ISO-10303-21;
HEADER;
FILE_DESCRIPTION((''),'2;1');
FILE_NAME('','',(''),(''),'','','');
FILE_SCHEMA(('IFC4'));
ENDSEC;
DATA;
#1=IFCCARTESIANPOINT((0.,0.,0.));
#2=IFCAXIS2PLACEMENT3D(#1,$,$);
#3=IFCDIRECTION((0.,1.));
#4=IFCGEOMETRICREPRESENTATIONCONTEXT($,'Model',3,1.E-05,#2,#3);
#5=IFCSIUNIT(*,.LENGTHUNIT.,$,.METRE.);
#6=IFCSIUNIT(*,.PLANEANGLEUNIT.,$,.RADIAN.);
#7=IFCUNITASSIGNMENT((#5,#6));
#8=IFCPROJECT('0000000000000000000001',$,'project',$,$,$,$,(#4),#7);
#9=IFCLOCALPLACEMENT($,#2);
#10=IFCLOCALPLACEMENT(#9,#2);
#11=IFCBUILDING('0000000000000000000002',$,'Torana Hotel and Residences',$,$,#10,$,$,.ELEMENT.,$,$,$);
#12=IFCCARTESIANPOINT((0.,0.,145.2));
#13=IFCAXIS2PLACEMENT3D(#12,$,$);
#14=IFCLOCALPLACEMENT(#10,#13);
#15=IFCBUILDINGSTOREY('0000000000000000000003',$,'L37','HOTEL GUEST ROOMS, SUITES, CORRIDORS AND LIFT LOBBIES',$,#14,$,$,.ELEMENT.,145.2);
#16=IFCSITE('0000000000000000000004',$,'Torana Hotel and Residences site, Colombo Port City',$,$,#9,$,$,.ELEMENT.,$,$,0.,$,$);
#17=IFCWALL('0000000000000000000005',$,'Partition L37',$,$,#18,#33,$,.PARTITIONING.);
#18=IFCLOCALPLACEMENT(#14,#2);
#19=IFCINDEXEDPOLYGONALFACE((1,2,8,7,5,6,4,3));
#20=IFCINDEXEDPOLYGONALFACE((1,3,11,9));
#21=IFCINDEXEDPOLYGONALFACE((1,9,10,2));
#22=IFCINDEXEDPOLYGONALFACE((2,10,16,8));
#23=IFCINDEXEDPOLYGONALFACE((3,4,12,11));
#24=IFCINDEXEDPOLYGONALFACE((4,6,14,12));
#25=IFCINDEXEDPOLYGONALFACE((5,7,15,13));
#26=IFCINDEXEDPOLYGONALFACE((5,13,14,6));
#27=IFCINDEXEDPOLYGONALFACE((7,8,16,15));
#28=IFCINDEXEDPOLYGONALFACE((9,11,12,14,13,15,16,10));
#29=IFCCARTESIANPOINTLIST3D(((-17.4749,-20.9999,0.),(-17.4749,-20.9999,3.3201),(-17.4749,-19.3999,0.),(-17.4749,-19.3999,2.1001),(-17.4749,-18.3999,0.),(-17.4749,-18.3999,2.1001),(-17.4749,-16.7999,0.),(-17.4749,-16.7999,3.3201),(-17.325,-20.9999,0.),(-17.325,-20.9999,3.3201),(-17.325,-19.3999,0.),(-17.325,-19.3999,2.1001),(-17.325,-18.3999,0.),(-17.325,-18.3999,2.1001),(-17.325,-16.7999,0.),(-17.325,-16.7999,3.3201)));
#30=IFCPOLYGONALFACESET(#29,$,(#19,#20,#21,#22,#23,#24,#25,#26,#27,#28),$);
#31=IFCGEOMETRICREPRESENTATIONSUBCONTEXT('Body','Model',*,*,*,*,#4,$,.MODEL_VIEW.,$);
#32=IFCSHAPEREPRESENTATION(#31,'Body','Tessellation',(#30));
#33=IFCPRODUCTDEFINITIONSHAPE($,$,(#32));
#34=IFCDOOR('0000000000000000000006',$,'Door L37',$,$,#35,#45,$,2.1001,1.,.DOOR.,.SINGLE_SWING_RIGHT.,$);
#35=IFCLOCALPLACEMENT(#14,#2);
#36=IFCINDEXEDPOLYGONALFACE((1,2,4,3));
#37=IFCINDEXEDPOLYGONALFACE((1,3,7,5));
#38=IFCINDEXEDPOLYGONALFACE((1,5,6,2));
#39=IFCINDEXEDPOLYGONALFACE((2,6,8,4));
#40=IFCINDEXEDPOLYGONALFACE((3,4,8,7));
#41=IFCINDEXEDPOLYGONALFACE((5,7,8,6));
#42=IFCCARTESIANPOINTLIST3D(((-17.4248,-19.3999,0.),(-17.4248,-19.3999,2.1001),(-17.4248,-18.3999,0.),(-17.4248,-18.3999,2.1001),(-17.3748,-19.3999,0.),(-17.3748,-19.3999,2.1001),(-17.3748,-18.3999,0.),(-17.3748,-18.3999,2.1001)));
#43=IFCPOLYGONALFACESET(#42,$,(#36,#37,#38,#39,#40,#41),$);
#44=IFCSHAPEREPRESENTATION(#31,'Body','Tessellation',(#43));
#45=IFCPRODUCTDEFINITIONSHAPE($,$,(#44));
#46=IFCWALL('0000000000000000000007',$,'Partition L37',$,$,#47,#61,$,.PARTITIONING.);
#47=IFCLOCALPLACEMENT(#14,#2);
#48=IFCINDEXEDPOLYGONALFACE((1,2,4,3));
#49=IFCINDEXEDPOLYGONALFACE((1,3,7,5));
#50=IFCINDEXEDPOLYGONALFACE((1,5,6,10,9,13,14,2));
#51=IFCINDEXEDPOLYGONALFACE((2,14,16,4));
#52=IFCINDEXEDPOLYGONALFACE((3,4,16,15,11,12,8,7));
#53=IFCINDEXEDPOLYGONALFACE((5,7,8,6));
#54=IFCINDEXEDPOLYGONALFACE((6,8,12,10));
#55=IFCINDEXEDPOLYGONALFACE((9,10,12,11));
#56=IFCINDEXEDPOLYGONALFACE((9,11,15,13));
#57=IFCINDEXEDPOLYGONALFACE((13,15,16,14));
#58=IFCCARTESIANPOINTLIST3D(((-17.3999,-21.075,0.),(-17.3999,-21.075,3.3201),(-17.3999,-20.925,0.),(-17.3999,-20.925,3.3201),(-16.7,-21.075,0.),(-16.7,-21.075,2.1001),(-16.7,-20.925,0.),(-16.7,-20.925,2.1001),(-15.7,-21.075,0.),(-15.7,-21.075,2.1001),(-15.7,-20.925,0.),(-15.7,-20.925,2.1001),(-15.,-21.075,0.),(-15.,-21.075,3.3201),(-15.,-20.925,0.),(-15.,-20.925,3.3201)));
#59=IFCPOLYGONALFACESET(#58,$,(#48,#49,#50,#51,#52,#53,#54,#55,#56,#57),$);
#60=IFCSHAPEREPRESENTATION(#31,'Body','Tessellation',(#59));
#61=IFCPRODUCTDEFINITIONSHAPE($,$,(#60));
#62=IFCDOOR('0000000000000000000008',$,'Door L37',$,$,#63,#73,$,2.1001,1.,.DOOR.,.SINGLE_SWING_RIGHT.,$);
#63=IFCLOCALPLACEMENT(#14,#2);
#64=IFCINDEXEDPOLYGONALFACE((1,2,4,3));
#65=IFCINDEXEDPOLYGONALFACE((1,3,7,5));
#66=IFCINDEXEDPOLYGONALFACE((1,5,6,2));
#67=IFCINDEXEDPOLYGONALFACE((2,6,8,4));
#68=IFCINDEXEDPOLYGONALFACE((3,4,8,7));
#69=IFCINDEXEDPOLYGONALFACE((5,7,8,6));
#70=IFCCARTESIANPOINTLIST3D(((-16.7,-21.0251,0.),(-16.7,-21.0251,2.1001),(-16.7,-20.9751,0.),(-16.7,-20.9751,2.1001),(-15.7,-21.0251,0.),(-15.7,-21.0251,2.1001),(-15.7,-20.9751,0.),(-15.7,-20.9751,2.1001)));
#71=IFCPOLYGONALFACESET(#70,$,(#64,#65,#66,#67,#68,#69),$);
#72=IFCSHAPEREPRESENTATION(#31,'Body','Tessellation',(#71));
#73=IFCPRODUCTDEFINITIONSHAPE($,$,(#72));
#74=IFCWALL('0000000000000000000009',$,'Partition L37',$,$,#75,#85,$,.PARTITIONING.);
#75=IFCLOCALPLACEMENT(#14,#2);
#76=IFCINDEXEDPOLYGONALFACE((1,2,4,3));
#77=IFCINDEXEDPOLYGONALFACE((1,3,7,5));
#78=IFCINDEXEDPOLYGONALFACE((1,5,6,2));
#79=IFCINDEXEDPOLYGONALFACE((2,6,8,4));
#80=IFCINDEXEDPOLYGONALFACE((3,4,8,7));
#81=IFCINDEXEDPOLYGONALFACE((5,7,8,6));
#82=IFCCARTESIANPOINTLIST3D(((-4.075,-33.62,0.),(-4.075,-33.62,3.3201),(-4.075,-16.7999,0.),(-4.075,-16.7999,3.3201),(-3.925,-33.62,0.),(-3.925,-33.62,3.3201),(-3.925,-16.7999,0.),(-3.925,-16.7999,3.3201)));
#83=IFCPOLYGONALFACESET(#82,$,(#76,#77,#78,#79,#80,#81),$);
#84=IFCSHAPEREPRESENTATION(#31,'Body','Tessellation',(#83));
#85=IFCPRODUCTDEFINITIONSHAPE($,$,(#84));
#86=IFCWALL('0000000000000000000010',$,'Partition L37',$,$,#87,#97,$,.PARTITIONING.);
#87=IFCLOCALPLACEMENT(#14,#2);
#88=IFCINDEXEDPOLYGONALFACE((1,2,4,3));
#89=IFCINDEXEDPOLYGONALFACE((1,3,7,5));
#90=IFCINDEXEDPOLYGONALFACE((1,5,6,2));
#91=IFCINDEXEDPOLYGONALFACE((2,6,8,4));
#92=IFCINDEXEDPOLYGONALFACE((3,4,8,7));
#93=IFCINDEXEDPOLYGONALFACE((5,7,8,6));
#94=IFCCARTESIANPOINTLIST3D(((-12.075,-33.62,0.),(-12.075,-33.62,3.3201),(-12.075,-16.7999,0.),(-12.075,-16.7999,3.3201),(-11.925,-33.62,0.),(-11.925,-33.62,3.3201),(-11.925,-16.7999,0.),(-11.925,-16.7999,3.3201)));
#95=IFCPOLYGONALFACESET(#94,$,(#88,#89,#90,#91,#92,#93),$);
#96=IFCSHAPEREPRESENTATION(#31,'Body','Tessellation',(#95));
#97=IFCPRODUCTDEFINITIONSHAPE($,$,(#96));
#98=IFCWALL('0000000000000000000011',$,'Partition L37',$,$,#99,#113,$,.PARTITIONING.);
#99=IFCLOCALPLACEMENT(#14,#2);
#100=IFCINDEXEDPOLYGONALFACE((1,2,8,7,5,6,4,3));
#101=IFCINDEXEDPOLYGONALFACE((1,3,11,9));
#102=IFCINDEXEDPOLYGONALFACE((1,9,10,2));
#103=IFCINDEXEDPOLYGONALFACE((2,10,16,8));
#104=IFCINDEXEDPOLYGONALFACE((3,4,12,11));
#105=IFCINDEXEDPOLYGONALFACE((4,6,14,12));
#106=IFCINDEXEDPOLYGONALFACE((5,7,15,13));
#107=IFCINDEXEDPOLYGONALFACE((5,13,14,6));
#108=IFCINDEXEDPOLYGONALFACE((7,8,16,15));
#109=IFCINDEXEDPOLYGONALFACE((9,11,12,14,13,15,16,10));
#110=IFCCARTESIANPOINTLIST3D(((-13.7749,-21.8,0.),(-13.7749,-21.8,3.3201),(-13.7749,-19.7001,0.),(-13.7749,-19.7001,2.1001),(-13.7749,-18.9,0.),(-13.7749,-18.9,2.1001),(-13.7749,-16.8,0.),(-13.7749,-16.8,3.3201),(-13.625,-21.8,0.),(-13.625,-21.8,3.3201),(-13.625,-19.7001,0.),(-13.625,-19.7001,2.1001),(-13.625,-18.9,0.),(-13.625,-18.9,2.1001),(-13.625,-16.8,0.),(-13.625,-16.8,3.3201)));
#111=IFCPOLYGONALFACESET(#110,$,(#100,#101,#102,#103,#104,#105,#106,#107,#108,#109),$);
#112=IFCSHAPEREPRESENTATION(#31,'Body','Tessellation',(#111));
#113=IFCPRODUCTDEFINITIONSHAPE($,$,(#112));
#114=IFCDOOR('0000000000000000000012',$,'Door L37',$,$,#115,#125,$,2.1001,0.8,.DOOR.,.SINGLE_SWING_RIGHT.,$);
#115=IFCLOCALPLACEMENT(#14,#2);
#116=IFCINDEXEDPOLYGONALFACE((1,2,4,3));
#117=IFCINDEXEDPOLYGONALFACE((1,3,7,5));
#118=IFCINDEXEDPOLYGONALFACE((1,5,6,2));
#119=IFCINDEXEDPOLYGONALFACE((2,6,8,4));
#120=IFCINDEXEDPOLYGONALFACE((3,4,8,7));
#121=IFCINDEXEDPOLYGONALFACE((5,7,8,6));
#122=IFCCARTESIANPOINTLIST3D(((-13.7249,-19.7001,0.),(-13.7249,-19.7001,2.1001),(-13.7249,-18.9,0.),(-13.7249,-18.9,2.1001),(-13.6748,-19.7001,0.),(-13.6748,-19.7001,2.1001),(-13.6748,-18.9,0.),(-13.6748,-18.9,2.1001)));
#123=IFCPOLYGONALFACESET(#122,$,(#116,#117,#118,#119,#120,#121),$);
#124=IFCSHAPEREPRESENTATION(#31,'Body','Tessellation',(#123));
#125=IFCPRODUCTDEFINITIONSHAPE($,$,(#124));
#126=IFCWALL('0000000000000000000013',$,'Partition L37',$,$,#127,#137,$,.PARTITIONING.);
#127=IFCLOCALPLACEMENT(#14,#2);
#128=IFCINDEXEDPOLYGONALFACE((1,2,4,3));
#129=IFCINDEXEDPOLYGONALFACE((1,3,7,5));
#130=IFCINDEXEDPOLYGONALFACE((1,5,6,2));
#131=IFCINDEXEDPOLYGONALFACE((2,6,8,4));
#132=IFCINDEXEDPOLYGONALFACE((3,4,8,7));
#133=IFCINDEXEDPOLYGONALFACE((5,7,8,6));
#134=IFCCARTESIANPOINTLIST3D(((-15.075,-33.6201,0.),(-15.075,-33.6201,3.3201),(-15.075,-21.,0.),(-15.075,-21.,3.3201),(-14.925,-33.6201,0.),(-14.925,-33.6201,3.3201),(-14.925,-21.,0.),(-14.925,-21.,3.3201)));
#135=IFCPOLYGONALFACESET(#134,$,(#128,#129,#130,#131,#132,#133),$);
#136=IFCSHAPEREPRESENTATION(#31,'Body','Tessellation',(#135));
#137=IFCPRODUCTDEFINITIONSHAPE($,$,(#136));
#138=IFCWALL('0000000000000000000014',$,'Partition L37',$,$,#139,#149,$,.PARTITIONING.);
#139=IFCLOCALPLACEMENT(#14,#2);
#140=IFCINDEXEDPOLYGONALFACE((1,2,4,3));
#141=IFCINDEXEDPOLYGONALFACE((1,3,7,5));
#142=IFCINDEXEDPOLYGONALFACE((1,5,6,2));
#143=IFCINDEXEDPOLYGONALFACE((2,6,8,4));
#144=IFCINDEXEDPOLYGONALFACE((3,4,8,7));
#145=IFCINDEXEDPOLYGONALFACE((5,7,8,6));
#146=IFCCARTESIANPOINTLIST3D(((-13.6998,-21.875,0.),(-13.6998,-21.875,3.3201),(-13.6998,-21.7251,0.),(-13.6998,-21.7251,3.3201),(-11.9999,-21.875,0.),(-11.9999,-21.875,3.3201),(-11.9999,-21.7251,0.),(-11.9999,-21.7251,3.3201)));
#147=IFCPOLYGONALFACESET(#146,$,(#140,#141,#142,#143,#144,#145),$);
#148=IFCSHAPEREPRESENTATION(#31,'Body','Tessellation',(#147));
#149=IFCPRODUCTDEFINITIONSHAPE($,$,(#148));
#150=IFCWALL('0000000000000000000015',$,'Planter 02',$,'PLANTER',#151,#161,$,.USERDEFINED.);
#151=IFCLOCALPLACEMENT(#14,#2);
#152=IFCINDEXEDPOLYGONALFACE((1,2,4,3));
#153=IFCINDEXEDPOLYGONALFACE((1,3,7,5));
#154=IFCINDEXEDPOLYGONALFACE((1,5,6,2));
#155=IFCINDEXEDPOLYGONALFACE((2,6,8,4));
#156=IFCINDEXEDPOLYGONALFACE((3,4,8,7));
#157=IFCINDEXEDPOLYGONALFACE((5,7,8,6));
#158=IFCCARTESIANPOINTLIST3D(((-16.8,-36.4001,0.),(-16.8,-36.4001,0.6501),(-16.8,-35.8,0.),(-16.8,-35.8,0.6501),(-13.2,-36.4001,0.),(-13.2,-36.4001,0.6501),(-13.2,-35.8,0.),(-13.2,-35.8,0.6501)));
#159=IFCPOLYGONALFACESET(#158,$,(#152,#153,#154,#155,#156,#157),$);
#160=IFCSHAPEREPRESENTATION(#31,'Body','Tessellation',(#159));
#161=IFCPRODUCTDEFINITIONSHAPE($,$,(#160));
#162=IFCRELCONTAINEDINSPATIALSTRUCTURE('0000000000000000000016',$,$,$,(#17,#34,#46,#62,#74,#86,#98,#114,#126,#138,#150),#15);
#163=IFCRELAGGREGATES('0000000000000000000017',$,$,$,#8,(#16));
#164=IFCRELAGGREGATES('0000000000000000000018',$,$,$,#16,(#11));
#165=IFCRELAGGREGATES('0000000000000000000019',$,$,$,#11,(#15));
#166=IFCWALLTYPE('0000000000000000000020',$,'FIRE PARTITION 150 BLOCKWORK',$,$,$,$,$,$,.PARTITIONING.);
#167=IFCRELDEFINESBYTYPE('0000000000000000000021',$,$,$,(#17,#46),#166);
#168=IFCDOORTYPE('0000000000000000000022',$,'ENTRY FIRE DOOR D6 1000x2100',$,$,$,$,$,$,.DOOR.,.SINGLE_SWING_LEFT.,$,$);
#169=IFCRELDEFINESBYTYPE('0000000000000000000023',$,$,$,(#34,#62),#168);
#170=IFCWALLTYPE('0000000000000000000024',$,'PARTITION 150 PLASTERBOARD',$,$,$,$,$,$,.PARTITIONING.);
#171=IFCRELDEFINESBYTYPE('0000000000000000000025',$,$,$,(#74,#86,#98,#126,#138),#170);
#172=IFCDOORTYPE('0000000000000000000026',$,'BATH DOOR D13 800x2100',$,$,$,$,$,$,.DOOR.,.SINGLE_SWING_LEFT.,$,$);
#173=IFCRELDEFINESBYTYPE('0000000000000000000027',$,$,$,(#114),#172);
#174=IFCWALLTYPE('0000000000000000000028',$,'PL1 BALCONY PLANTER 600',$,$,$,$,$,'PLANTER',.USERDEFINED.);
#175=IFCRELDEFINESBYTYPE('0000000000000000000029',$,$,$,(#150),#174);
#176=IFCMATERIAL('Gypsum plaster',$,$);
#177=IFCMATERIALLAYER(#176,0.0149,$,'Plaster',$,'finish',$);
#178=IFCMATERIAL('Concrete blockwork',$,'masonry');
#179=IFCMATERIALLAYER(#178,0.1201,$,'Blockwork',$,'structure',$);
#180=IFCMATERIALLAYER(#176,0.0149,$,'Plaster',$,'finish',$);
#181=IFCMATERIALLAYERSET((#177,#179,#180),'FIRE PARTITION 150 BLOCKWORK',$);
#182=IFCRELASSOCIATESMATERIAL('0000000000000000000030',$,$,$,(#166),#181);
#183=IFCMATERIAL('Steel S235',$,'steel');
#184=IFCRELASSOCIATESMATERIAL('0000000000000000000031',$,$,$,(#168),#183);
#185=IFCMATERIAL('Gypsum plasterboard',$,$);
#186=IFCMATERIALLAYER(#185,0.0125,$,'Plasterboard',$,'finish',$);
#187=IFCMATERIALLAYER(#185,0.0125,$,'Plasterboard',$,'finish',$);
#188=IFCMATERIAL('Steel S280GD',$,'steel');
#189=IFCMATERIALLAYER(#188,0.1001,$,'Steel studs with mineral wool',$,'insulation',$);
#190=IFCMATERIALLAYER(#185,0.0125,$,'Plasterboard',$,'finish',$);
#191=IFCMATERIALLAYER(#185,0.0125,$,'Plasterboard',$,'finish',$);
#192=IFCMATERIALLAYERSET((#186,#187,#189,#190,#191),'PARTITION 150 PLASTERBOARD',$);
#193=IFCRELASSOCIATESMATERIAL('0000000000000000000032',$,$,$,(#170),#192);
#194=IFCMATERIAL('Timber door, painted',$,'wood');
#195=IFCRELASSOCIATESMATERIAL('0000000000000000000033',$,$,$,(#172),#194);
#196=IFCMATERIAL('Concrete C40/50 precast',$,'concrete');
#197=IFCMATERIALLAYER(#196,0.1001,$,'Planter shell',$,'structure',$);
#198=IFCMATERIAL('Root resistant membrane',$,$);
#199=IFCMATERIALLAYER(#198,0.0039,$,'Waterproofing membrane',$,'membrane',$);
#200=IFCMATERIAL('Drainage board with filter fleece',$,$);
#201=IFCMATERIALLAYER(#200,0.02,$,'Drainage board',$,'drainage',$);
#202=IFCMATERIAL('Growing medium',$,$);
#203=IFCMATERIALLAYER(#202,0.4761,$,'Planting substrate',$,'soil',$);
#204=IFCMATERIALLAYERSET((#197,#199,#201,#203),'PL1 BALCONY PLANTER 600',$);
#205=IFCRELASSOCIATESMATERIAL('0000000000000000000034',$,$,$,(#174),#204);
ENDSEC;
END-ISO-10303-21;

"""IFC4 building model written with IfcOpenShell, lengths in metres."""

from ifc_helpers import new_model, si_unit, direction, frame, frame_2d, origin, place, context, subcontext, project, spatial, rectangle, extrude, material, layer, layer_set, type_object, element, fill, save


model = new_model("IFC4")

# Units and contexts
model_context = context("Model", 3, precision=1e-05, world=origin(), true_north=direction((0.0, 1.0)))
body_context = subcontext(model_context, "Body", "Model", "MODEL_VIEW")
ifc_project = project(units=[si_unit("LENGTHUNIT", "METRE"), si_unit("PLANEANGLEUNIT", "RADIAN")], contexts=[model_context])

# Site, building, storey
site_placement = place(None, origin())
site = spatial("IfcSite", under=ifc_project, at=site_placement, Name="Torana Hotel and Residences site, Colombo Port City", CompositionType="ELEMENT", RefElevation=0.0)
building_placement = place(site_placement, origin())
building = spatial("IfcBuilding", under=site, at=building_placement, Name="Torana Hotel and Residences", CompositionType="ELEMENT")
storey_placement = place(building_placement, frame((0.0, 0.0, 145.2)))
storey = spatial("IfcBuildingStorey", under=building, at=storey_placement, Name="L37", Description="HOTEL GUEST ROOMS, SUITES, CORRIDORS AND LIFT LOBBIES", CompositionType="ELEMENT", Elevation=145.2)

# Shared definitions
ifc_material_1 = material(Name="Gypsum plaster")
ifc_layer_1 = layer(ifc_material_1, 0.0149, Name="Plaster", Category="finish")
ifc_material_2 = material(Name="Concrete blockwork", Category="masonry")
ifc_layer_2 = layer(ifc_material_2, 0.1201, Name="Blockwork", Category="structure")
ifc_layer_3 = layer(ifc_material_1, 0.0149, Name="Plaster", Category="finish")
ifc_layer_set_1 = layer_set([ifc_layer_1, ifc_layer_2, ifc_layer_3], Name="FIRE PARTITION 150 BLOCKWORK")
wall_type_1 = type_object("IfcWallType", Name="FIRE PARTITION 150 BLOCKWORK", PredefinedType="PARTITIONING", material=ifc_layer_set_1)
ifc_material_3 = material(Name="Steel S235", Category="steel")
door_type_1 = type_object("IfcDoorType", Name="ENTRY FIRE DOOR D6 1000x2100", OperationType="SINGLE_SWING_LEFT", PredefinedType="DOOR", material=ifc_material_3)

# Walls, openings, doors
wall_1_placement = place(storey_placement, frame((-17.3999, -21.0, 0.0), z_axis=(0.0, 0.0, 1.0), x_axis=(0.0, 1.0, 0.0)))
wall_1 = element("IfcWall", 1, at=wall_1_placement, inside=storey, type_object=wall_type_1, Name="Partition L37", PredefinedType="PARTITIONING", context=body_context, shape_type="SweptSolid", body=[
    extrude(rectangle(XDim=4.2, YDim=0.1499, at=frame_2d((2.1001, 0.0))), origin(), (0.0, 0.0, 1.0), 3.3201),
])
opening_1_placement = place(wall_1_placement, frame((1.6001, 0.0, 0.0)))
opening_1 = element("IfcOpeningElement", 2, at=opening_1_placement, cuts=wall_1, PredefinedType="OPENING", context=body_context, shape_type="SweptSolid", body=[
    extrude(rectangle(XDim=1.0, YDim=2.1001, at=frame_2d((0.5, 1.05))), frame((0.0, 0.085, 0.0), z_axis=(0.0, -1.0, 0.0), x_axis=(1.0, 0.0, 0.0)), (0.0, 0.0, 1.0), 0.1699),
])
door_1_placement = place(opening_1_placement, origin())
door_1 = element("IfcDoor", 3, at=door_1_placement, inside=storey, type_object=door_type_1, Name="Door L37", OperationType="SINGLE_SWING_RIGHT", OverallHeight=2.1001, OverallWidth=1.0, PredefinedType="DOOR", context=body_context, shape_type="SweptSolid", body=[
    extrude(rectangle(XDim=1.0, YDim=2.1001, at=frame_2d((0.5, 1.05))), frame((0.0, 0.0249, 0.0), z_axis=(0.0, -1.0, 0.0), x_axis=(1.0, 0.0, 0.0)), (0.0, 0.0, 1.0), 0.05),
])
fill(opening_1, door_1)
wall_2_placement = place(storey_placement, frame((-17.3999, -21.0, 0.0), z_axis=(0.0, 0.0, 1.0), x_axis=(1.0, 0.0, 0.0)))
wall_2 = element("IfcWall", 4, at=wall_2_placement, inside=storey, type_object=wall_type_1, Name="Partition L37", PredefinedType="PARTITIONING", context=body_context, shape_type="SweptSolid", body=[
    extrude(rectangle(XDim=2.3999, YDim=0.1499, at=frame_2d((1.2, 0.0))), origin(), (0.0, 0.0, 1.0), 3.3201),
])
opening_2_placement = place(wall_2_placement, frame((0.7, 0.0, 0.0)))
opening_2 = element("IfcOpeningElement", 5, at=opening_2_placement, cuts=wall_2, PredefinedType="OPENING", context=body_context, shape_type="SweptSolid", body=[
    extrude(rectangle(XDim=1.0, YDim=2.1001, at=frame_2d((0.5, 1.05))), frame((0.0, 0.085, 0.0), z_axis=(0.0, -1.0, 0.0), x_axis=(1.0, 0.0, 0.0)), (0.0, 0.0, 1.0), 0.1699),
])
door_2_placement = place(opening_2_placement, frame((0.5, 0.0, 0.0), z_axis=(0.0, 0.0, 1.0), x_axis=(-1.0, 0.0, 0.0)))
door_2 = element("IfcDoor", 6, at=door_2_placement, inside=storey, type_object=door_type_1, Name="Door L37", OperationType="SINGLE_SWING_RIGHT", OverallHeight=2.1001, OverallWidth=1.0, PredefinedType="DOOR", context=body_context, shape_type="SweptSolid", body=[
    extrude(rectangle(XDim=1.0, YDim=2.1001, at=frame_2d((0.0, 1.05))), frame((0.0, -0.0249, 0.0), z_axis=(0.0, 1.0, 0.0), x_axis=(-1.0, 0.0, 0.0)), (0.0, 0.0, 1.0), 0.05),
])
fill(opening_2, door_2)

# Walls
ifc_material_4 = material(Name="Gypsum plasterboard")
ifc_layer_4 = layer(ifc_material_4, 0.0125, Name="Plasterboard", Category="finish")
ifc_layer_5 = layer(ifc_material_4, 0.0125, Name="Plasterboard", Category="finish")
ifc_material_5 = material(Name="Steel S280GD", Category="steel")
ifc_layer_6 = layer(ifc_material_5, 0.1001, Name="Steel studs with mineral wool", Category="insulation")
ifc_layer_7 = layer(ifc_material_4, 0.0125, Name="Plasterboard", Category="finish")
ifc_layer_8 = layer(ifc_material_4, 0.0125, Name="Plasterboard", Category="finish")
ifc_layer_set_2 = layer_set([ifc_layer_4, ifc_layer_5, ifc_layer_6, ifc_layer_7, ifc_layer_8], Name="PARTITION 150 PLASTERBOARD")
wall_type_2 = type_object("IfcWallType", Name="PARTITION 150 PLASTERBOARD", PredefinedType="PARTITIONING", material=ifc_layer_set_2)
for number, where, z_axis, x_axis, name in (
    (7, (-4.0, -33.6201, 0.0), (0.0, 0.0, 1.0), (0.0, 1.0, 0.0), "Partition L37"),
    (8, (-12.0, -33.6201, 0.0), (0.0, 0.0, 1.0), (0.0, 1.0, 0.0), "Partition L37"),
):
    element("IfcWall", number, at=place(storey_placement, frame(where, z_axis=z_axis, x_axis=x_axis)), inside=storey, type_object=wall_type_2, Name=name, PredefinedType="PARTITIONING", context=body_context, shape_type="SweptSolid", body=[
        extrude(rectangle(XDim=16.8201, YDim=0.1499, at=frame_2d((8.4102, 0.0))), origin(), (0.0, 0.0, 1.0), 3.3201),
    ])

# Wall, opening, door
wall_3_placement = place(storey_placement, frame((-13.7, -21.8, 0.0), z_axis=(0.0, 0.0, 1.0), x_axis=(0.0, 1.0, 0.0)))
wall_3 = element("IfcWall", 9, at=wall_3_placement, inside=storey, type_object=wall_type_2, Name="Partition L37", PredefinedType="PARTITIONING", context=body_context, shape_type="SweptSolid", body=[
    extrude(rectangle(XDim=5.0, YDim=0.1499, at=frame_2d((2.5, 0.0))), origin(), (0.0, 0.0, 1.0), 3.3201),
])
opening_3_placement = place(wall_3_placement, frame((2.1001, 0.0, 0.0)))
opening_3 = element("IfcOpeningElement", 10, at=opening_3_placement, cuts=wall_3, PredefinedType="OPENING", context=body_context, shape_type="SweptSolid", body=[
    extrude(rectangle(XDim=0.8, YDim=2.1001, at=frame_2d((0.3999, 1.05))), frame((0.0, 0.085, 0.0), z_axis=(0.0, -1.0, 0.0), x_axis=(1.0, 0.0, 0.0)), (0.0, 0.0, 1.0), 0.1699),
])
ifc_material_6 = material(Name="Timber door, painted", Category="wood")
door_type_2 = type_object("IfcDoorType", Name="BATH DOOR D13 800x2100", OperationType="SINGLE_SWING_LEFT", PredefinedType="DOOR", material=ifc_material_6)
door_3_placement = place(opening_3_placement, origin())
door_3 = element("IfcDoor", 11, at=door_3_placement, inside=storey, type_object=door_type_2, Name="Door L37", OperationType="SINGLE_SWING_RIGHT", OverallHeight=2.1001, OverallWidth=0.8, PredefinedType="DOOR", context=body_context, shape_type="SweptSolid", body=[
    extrude(rectangle(XDim=0.8, YDim=2.1001, at=frame_2d((0.3999, 1.05))), frame((0.0, 0.0249, 0.0), z_axis=(0.0, -1.0, 0.0), x_axis=(1.0, 0.0, 0.0)), (0.0, 0.0, 1.0), 0.05),
])
fill(opening_3, door_3)

# Walls
wall_4_placement = place(storey_placement, frame((-15.0, -33.6201, 0.0), z_axis=(0.0, 0.0, 1.0), x_axis=(0.0, 1.0, 0.0)))
element("IfcWall", 12, at=wall_4_placement, inside=storey, type_object=wall_type_2, Name="Partition L37", PredefinedType="PARTITIONING", context=body_context, shape_type="SweptSolid", body=[
    extrude(rectangle(XDim=12.6201, YDim=0.1499, at=frame_2d((6.3101, 0.0))), origin(), (0.0, 0.0, 1.0), 3.3201),
])
wall_5_placement = place(storey_placement, frame((-13.7, -21.8, 0.0), z_axis=(0.0, 0.0, 1.0), x_axis=(1.0, 0.0, 0.0)))
element("IfcWall", 13, at=wall_5_placement, inside=storey, type_object=wall_type_2, Name="Partition L37", PredefinedType="PARTITIONING", context=body_context, shape_type="SweptSolid", body=[
    extrude(rectangle(XDim=1.7, YDim=0.1499, at=frame_2d((0.8501, 0.0))), origin(), (0.0, 0.0, 1.0), 3.3201),
])
ifc_material_7 = material(Name="Concrete C40/50 precast", Category="concrete")
ifc_layer_9 = layer(ifc_material_7, 0.1001, Name="Planter shell", Category="structure")
ifc_material_8 = material(Name="Root resistant membrane")
ifc_layer_10 = layer(ifc_material_8, 0.0039, Name="Waterproofing membrane", Category="membrane")
ifc_material_9 = material(Name="Drainage board with filter fleece")
ifc_layer_11 = layer(ifc_material_9, 0.02, Name="Drainage board", Category="drainage")
ifc_material_10 = material(Name="Growing medium")
ifc_layer_12 = layer(ifc_material_10, 0.4761, Name="Planting substrate", Category="soil")
ifc_layer_set_3 = layer_set([ifc_layer_9, ifc_layer_10, ifc_layer_11, ifc_layer_12], Name="PL1 BALCONY PLANTER 600")
wall_type_3 = type_object("IfcWallType", Name="PL1 BALCONY PLANTER 600", ElementType="PLANTER", PredefinedType="USERDEFINED", material=ifc_layer_set_3)
for number, where, z_axis, x_axis, name in (
    (14, (-13.2, -36.1001, 0.0), (0.0, 0.0, 1.0), (-1.0, 0.0, 0.0), "Planter 02"),
):
    element("IfcWall", number, at=place(storey_placement, frame(where, z_axis=z_axis, x_axis=x_axis)), inside=storey, type_object=wall_type_3, Name=name, ObjectType="PLANTER", PredefinedType="USERDEFINED", context=body_context, shape_type="SweptSolid", body=[
        extrude(rectangle(XDim=3.6001, YDim=0.6001, at=frame_2d((1.8, 0.0))), origin(), (0.0, 0.0, 1.0), 0.6501),
    ])

save(model, "model.ifc")
